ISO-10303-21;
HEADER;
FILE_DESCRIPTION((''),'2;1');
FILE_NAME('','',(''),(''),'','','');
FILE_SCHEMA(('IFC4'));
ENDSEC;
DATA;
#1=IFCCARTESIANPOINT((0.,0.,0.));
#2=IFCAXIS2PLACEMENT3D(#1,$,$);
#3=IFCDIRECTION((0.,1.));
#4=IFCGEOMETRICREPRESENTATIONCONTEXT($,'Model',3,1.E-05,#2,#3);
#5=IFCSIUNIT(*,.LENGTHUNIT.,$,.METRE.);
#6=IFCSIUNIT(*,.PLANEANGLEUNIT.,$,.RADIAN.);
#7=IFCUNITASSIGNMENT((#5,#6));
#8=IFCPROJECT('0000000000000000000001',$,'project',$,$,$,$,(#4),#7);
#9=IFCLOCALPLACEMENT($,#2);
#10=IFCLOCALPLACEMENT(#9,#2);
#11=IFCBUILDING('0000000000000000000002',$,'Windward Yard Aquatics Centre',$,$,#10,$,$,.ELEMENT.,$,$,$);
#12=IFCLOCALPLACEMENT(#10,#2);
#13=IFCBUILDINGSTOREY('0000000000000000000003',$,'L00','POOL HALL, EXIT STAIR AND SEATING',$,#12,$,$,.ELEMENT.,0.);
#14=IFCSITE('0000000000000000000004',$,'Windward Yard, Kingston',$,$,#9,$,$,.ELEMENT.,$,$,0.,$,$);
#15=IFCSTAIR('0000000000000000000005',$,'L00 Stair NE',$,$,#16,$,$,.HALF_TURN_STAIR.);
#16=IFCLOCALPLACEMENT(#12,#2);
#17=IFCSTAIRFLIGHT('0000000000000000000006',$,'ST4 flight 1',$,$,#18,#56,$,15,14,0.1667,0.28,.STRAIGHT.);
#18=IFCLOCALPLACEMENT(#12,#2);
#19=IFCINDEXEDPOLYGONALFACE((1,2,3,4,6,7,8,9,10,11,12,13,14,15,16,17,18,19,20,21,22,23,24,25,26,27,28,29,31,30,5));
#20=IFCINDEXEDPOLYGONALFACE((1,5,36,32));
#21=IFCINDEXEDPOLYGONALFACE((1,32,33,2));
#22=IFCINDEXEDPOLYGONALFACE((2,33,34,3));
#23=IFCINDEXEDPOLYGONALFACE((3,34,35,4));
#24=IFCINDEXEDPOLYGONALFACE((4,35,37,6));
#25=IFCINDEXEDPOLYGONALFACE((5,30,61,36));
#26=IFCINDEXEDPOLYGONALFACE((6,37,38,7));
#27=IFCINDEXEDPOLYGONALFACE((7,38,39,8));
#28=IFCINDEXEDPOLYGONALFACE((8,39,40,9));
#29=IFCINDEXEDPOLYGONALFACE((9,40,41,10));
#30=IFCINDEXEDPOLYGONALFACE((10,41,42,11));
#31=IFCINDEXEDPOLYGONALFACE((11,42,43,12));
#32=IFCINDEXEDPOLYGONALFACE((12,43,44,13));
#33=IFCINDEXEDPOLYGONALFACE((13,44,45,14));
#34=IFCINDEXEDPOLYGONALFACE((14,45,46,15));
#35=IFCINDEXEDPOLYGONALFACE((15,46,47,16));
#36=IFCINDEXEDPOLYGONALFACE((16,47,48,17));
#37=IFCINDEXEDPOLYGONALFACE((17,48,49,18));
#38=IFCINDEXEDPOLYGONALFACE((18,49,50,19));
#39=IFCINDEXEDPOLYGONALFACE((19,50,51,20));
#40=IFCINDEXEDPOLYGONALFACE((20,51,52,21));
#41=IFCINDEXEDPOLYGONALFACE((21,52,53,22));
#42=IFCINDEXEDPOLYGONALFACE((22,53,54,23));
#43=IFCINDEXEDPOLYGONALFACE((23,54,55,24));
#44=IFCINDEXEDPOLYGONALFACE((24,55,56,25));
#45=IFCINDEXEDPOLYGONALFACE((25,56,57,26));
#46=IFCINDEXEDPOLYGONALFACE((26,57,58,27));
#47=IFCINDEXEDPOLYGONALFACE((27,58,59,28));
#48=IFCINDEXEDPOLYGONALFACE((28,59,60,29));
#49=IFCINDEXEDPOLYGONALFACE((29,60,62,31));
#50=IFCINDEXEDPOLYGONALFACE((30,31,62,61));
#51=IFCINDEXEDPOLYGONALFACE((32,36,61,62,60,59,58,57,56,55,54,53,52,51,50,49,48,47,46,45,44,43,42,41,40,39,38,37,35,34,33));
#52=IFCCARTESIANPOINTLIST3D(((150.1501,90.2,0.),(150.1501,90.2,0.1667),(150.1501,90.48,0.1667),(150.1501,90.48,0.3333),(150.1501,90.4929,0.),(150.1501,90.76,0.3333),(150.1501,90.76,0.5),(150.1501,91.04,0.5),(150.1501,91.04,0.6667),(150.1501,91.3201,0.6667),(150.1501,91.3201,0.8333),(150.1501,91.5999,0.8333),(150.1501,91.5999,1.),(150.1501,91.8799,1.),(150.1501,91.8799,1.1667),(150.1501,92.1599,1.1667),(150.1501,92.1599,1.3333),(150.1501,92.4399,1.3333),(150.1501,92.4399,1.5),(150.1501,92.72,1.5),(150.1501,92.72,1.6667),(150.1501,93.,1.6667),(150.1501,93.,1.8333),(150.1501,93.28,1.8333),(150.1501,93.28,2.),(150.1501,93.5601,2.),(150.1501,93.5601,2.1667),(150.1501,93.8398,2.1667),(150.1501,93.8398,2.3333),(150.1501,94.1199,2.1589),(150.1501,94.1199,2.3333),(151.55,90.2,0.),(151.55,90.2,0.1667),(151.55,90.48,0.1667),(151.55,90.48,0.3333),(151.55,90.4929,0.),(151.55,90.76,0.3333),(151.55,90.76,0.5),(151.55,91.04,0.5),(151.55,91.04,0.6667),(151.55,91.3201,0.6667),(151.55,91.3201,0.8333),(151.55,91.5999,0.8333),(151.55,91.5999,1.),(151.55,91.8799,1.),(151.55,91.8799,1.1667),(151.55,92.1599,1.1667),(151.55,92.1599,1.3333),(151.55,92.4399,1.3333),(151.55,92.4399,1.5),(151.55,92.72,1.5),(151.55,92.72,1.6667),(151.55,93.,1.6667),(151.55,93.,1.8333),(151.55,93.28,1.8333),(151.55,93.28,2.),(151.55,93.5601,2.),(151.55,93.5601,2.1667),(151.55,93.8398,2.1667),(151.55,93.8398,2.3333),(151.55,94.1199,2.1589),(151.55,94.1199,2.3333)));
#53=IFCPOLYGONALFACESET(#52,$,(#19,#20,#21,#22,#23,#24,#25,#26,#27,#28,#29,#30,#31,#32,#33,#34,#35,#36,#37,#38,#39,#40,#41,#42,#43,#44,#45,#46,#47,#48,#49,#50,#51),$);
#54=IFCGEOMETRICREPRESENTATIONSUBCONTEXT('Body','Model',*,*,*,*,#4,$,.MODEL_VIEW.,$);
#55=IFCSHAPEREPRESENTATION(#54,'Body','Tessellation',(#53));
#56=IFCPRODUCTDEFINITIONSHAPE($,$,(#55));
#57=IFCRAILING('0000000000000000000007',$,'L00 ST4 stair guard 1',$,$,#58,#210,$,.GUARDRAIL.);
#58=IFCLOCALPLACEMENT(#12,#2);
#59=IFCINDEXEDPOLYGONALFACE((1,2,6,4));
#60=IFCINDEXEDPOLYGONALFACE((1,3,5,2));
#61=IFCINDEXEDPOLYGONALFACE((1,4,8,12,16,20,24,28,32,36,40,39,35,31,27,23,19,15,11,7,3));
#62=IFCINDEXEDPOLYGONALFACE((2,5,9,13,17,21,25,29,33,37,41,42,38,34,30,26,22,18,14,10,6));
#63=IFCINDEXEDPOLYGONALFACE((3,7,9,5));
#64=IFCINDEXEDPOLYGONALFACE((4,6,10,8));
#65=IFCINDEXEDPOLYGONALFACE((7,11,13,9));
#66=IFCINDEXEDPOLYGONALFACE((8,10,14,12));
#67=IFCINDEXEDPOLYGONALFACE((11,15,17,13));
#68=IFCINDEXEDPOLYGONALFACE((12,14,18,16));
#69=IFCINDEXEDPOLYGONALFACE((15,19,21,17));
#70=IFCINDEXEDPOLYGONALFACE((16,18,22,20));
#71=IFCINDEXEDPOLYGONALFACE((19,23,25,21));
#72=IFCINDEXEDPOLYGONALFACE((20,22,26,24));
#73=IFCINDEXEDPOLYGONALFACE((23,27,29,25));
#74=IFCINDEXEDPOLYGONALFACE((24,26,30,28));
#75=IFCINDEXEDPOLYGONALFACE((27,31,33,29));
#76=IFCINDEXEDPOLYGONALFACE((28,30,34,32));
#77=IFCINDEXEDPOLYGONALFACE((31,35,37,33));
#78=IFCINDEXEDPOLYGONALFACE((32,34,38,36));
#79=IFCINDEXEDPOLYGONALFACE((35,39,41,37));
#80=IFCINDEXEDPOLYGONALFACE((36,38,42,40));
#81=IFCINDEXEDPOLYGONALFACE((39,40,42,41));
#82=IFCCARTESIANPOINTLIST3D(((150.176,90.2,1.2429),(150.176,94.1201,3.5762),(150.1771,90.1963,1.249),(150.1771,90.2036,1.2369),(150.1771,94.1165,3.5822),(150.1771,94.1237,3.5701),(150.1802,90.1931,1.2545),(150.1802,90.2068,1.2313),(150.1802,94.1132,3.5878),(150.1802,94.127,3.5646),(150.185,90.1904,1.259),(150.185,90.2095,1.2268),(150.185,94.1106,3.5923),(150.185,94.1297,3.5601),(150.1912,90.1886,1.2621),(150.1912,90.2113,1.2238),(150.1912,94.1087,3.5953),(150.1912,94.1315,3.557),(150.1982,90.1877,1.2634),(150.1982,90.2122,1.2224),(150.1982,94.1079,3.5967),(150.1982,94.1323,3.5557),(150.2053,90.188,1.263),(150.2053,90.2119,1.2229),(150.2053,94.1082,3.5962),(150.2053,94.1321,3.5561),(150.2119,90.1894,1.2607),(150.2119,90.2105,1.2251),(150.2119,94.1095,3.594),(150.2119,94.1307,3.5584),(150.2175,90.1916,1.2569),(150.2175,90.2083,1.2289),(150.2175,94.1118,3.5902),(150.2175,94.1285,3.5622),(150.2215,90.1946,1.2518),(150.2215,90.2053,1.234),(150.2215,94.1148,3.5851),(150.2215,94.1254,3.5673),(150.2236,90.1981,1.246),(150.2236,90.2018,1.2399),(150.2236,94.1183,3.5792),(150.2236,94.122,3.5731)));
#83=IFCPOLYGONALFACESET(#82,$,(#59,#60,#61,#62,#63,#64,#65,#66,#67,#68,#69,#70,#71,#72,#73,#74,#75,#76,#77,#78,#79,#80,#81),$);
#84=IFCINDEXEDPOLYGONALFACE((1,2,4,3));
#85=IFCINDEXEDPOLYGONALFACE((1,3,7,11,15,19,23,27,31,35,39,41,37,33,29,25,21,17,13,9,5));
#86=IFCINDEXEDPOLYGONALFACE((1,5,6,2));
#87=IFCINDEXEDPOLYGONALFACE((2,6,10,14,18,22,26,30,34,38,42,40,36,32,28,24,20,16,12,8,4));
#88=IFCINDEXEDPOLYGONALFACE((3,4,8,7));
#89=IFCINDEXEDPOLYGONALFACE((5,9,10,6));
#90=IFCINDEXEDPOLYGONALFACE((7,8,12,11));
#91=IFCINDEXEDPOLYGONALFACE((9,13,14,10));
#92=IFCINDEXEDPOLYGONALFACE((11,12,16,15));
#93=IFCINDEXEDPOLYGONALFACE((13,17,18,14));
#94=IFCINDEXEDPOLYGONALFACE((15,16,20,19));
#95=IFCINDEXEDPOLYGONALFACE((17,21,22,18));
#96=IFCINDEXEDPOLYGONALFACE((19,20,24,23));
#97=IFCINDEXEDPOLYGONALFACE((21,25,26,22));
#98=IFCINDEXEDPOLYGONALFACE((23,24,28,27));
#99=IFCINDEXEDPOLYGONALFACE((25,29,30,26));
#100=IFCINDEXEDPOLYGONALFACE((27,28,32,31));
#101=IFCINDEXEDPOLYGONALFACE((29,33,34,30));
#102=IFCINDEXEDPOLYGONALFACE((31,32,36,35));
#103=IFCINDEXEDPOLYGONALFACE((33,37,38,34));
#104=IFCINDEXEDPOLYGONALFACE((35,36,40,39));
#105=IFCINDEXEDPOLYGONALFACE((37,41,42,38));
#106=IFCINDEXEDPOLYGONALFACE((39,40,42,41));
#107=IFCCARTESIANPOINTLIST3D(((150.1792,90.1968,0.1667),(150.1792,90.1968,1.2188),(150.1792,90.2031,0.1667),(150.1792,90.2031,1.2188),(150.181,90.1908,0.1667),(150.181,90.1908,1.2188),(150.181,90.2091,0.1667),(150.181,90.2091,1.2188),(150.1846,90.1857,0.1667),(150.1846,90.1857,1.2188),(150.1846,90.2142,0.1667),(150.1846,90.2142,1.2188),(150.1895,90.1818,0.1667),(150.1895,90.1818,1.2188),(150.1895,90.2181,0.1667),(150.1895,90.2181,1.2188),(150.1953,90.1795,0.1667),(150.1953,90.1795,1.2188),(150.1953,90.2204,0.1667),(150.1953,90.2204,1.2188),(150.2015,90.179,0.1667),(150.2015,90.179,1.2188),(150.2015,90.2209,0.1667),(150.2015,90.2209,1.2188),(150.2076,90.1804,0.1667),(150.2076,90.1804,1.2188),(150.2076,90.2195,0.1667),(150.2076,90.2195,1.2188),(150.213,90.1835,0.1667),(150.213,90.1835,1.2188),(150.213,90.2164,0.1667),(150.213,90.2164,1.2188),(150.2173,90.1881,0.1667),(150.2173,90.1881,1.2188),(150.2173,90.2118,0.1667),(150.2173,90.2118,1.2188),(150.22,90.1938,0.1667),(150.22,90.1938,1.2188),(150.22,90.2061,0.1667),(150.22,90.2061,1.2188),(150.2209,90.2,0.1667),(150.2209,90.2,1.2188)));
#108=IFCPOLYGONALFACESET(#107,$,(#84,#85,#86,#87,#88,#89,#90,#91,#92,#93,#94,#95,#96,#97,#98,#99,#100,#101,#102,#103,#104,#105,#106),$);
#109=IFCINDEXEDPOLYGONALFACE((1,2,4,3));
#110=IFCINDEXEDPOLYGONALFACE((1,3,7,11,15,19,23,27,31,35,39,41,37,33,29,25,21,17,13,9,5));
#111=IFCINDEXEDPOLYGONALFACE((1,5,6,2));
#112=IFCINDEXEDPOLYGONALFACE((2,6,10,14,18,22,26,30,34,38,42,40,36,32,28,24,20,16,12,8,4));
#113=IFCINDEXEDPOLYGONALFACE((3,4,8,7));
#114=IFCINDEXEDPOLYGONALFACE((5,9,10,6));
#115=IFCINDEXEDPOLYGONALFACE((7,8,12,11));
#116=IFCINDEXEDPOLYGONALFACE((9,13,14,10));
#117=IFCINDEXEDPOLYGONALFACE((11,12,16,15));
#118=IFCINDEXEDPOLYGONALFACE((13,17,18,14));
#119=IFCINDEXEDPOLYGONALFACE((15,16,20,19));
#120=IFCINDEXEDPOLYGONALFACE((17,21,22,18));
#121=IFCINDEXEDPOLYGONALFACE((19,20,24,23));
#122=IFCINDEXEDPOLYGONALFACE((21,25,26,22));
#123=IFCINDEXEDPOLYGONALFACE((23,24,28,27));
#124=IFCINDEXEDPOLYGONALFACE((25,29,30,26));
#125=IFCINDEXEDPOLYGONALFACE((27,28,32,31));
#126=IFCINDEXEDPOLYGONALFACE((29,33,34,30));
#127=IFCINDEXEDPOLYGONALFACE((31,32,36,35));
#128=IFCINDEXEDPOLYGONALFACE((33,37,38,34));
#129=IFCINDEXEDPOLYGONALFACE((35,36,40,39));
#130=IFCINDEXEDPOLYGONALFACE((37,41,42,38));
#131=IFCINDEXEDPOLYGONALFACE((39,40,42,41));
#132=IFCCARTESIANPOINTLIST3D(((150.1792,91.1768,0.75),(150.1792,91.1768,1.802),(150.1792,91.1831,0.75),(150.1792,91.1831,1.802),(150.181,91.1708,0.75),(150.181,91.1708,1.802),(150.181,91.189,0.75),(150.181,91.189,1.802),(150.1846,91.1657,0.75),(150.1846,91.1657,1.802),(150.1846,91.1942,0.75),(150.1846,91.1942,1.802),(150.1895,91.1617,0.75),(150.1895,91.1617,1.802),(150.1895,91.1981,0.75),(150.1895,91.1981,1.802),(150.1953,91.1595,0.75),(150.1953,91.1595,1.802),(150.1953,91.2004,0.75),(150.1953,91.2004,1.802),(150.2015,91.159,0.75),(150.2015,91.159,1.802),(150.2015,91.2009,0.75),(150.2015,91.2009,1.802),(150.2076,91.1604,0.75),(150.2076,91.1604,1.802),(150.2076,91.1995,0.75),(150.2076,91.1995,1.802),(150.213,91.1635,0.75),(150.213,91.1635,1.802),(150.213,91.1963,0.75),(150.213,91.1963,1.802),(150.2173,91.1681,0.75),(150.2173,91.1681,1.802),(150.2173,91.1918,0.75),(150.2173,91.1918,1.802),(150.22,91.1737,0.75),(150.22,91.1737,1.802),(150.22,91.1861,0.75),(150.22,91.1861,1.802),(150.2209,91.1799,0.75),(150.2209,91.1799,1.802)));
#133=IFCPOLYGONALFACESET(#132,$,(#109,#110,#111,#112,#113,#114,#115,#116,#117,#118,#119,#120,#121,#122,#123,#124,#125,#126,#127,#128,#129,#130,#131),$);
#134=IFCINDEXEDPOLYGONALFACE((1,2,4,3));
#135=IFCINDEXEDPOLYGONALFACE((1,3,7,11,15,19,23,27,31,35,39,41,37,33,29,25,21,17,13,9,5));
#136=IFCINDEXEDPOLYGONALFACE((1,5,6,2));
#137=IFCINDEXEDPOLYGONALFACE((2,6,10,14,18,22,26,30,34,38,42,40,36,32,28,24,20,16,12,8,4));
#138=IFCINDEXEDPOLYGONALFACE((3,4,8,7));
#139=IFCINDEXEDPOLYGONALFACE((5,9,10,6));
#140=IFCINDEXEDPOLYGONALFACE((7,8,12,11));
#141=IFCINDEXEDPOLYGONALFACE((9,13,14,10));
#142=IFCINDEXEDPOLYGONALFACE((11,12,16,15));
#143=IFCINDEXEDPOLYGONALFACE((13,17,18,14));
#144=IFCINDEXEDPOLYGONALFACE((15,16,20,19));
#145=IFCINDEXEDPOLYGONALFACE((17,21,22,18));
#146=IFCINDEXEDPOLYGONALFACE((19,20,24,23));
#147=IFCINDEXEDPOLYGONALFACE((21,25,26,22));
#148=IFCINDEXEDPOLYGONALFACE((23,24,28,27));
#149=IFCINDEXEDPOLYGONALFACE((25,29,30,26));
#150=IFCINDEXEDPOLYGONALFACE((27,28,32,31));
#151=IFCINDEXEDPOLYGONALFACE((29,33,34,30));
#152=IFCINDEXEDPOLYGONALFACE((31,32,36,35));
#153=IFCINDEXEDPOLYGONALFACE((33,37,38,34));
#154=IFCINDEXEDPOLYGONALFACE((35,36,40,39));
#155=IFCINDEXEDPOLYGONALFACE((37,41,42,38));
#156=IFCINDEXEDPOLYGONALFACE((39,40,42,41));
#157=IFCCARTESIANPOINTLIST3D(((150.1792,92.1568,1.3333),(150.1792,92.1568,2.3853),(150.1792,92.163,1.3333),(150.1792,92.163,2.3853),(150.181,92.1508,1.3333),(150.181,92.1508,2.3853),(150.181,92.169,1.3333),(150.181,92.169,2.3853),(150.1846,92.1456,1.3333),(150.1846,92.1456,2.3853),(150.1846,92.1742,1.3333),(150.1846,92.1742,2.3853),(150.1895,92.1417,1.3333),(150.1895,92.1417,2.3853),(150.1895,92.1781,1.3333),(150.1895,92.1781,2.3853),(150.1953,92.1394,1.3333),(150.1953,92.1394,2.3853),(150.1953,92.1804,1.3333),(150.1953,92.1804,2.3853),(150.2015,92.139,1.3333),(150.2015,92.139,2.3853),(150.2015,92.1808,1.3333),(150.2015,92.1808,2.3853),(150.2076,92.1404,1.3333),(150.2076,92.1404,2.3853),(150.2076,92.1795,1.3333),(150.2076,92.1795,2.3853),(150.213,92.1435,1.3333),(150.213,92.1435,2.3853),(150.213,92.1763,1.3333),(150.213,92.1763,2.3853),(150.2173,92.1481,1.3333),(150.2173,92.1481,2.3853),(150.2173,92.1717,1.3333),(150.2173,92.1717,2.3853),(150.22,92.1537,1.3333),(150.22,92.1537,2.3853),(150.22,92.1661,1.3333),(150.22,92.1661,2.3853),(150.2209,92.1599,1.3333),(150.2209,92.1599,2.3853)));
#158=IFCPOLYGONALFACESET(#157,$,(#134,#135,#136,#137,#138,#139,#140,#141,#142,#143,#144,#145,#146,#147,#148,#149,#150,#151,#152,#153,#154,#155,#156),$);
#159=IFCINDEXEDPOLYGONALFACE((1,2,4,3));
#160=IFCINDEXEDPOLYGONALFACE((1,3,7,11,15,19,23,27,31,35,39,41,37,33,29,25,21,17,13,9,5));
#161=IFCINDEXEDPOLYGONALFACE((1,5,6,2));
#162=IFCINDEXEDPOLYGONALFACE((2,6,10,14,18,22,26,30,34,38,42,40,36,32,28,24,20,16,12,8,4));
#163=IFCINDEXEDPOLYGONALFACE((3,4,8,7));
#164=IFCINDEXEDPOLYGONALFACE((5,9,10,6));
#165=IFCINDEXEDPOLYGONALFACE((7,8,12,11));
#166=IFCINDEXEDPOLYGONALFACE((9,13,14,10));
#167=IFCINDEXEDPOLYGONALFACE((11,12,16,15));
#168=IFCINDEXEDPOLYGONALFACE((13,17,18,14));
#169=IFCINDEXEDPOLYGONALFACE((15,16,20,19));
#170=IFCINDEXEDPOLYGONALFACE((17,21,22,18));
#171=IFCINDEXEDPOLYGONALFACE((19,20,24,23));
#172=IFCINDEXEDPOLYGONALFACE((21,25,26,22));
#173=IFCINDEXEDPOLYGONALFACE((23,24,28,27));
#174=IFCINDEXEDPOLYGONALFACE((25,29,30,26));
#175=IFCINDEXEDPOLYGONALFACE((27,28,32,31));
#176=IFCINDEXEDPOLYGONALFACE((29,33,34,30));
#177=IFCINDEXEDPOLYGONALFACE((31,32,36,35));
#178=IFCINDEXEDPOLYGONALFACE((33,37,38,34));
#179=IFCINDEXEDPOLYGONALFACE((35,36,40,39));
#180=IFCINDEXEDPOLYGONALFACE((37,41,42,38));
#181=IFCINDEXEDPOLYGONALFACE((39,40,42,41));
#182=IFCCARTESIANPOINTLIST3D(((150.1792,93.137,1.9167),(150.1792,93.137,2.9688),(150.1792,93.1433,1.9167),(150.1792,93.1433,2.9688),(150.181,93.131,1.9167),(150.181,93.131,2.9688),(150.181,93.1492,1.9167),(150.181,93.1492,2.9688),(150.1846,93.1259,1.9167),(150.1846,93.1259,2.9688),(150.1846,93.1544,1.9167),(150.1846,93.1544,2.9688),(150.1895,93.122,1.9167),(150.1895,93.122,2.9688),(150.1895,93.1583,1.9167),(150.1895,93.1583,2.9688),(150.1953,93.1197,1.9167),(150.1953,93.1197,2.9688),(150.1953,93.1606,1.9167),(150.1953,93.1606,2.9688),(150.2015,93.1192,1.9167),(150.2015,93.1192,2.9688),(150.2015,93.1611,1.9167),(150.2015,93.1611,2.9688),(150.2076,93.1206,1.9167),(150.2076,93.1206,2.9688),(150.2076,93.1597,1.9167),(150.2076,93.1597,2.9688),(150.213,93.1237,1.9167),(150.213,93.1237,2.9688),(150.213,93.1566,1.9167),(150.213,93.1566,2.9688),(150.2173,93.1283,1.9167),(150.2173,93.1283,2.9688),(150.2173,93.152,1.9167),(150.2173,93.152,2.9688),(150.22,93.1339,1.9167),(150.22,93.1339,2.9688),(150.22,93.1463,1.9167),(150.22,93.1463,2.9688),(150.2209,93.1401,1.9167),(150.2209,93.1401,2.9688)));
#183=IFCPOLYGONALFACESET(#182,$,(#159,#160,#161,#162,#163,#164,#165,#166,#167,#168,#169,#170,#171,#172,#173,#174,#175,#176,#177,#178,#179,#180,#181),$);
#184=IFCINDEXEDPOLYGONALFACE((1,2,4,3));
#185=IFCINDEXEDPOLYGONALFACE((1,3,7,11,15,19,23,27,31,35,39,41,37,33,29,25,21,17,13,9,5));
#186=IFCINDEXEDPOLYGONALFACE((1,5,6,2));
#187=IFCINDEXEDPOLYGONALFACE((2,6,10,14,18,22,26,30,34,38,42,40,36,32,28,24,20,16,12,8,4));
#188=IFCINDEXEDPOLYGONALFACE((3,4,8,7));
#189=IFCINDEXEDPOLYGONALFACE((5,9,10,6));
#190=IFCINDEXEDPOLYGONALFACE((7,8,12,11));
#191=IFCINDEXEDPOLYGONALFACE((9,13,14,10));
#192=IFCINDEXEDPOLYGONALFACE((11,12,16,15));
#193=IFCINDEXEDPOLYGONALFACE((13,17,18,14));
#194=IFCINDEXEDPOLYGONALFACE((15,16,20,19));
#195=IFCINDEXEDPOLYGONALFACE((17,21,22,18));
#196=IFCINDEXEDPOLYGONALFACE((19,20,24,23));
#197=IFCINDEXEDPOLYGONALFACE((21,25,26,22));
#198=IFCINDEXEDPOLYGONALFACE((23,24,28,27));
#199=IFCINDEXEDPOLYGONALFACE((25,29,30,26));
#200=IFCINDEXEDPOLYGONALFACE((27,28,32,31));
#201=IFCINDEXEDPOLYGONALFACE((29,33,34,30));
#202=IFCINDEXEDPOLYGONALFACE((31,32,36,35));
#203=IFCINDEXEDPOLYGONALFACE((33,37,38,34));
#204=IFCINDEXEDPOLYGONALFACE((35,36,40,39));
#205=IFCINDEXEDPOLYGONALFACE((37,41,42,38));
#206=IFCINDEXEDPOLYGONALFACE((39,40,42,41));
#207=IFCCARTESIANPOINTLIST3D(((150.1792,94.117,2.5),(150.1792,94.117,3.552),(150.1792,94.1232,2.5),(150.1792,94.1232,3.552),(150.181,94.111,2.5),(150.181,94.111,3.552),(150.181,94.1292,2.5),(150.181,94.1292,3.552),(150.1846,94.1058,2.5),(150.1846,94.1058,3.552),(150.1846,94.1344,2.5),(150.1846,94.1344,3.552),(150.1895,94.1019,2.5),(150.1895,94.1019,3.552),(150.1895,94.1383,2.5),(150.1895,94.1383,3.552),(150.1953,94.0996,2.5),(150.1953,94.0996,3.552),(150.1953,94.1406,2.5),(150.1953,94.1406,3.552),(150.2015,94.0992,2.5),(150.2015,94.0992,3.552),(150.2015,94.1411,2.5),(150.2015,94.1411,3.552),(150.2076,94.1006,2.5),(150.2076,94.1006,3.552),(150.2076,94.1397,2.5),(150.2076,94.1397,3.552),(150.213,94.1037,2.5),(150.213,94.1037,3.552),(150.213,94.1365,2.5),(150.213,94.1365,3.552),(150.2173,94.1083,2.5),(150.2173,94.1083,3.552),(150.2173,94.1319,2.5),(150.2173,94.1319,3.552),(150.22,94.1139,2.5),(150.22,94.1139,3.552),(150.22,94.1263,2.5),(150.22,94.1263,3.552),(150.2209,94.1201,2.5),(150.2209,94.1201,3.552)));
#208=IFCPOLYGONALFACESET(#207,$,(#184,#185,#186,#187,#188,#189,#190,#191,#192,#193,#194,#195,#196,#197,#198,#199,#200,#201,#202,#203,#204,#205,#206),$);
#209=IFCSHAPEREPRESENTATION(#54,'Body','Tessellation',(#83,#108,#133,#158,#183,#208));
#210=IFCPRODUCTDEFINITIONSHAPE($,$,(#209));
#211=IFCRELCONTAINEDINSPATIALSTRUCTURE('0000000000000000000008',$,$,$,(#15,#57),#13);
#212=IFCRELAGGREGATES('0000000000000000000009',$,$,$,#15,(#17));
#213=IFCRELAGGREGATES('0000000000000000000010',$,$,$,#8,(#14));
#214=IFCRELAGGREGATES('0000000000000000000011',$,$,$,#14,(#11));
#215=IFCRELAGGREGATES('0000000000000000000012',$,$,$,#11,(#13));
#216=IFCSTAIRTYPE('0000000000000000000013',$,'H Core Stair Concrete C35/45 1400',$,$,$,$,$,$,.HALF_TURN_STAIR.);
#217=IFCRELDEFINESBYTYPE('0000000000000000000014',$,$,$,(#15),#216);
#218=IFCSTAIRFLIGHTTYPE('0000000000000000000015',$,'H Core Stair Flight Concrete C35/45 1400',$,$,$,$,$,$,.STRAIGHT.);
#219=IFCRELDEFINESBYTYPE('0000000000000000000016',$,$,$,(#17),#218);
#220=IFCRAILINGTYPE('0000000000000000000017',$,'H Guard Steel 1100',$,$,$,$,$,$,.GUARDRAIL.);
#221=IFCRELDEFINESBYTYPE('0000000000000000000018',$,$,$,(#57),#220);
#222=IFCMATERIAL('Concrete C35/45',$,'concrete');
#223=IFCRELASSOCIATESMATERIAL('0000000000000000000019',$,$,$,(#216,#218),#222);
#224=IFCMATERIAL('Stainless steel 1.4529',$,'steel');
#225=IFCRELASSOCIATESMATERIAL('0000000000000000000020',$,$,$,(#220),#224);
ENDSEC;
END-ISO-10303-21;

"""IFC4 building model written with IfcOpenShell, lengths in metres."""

from ifc_helpers import new_model, si_unit, direction, frame, origin, origin_2d, place, context, subcontext, project, spatial, polyline, circle, outline, extrude, material, type_object, element, aggregate, save


model = new_model("IFC4")

# Units and contexts
model_context = context("Model", 3, precision=1e-05, world=origin(), true_north=direction((0.0, 1.0)))
body_context = subcontext(model_context, "Body", "Model", "MODEL_VIEW")
ifc_project = project(units=[si_unit("LENGTHUNIT", "METRE"), si_unit("PLANEANGLEUNIT", "RADIAN")], contexts=[model_context])

# Site, building, storey
site_placement = place(None, origin())
site = spatial("IfcSite", under=ifc_project, at=site_placement, Name="Windward Yard, Kingston", CompositionType="ELEMENT", RefElevation=0.0)
building_placement = place(site_placement, origin())
building = spatial("IfcBuilding", under=site, at=building_placement, Name="Windward Yard Aquatics Centre", CompositionType="ELEMENT")
storey_placement = place(building_placement, origin())
storey = spatial("IfcBuildingStorey", under=building, at=storey_placement, Name="L00", Description="POOL HALL, EXIT STAIR AND SEATING", CompositionType="ELEMENT", Elevation=0.0)

# Shared definitions
ifc_material_1 = material(Name="Concrete C35/45", Category="concrete")

# Stair, stair flight
stair_type = type_object("IfcStairType", Name="H Core Stair Concrete C35/45 1400", PredefinedType="HALF_TURN_STAIR", material=ifc_material_1)
stair_placement = place(storey_placement, origin())
stair = element("IfcStair", 1, at=stair_placement, inside=storey, type_object=stair_type, Name="L00 Stair NE", PredefinedType="HALF_TURN_STAIR")
stair_flight_type = type_object("IfcStairFlightType", Name="H Core Stair Flight Concrete C35/45 1400", PredefinedType="STRAIGHT", material=ifc_material_1)
stair_flight_placement = place(storey_placement, frame((150.8501, 90.2, 0.0), z_axis=(0.0, 0.0, 1.0), x_axis=(0.0, 1.0, 0.0)))
stair_flight = element("IfcStairFlight", 2, at=stair_flight_placement, type_object=stair_flight_type, Name="ST4 flight 1", NumberOfRisers=15, NumberOfTreads=14, PredefinedType="STRAIGHT", RiserHeight=0.1667, TreadLength=0.28, context=body_context, shape_type="SweptSolid", body=[
    extrude(outline(polyline([(0.0, 0.0), (0.0, 0.1667), (0.28, 0.1667), (0.28, 0.3333), (0.5601, 0.3333), (0.5601, 0.5), (0.8401, 0.5), (0.8401, 0.6667), (1.1201, 0.6667), (1.1201, 0.8333), (1.3999, 0.8333), (1.3999, 1.0), (1.6799, 1.0), (1.6799, 1.1667), (1.96, 1.1667), (1.96, 1.3333), (2.24, 1.3333), (2.24, 1.5), (2.52, 1.5), (2.52, 1.6667), (2.8, 1.6667), (2.8, 1.8333), (3.0801, 1.8333), (3.0801, 2.0), (3.3601, 2.0), (3.3601, 2.1667), (3.6399, 2.1667), (3.6399, 2.3333), (3.9199, 2.3333), (3.9199, 2.5), (3.9199, 2.1589), (0.293, 0.0), (0.0, 0.0)])), frame((0.0, 0.7, 0.0), z_axis=(0.0, -1.0, 0.0), x_axis=(1.0, 0.0, 0.0)), (0.0, 0.0, 1.0), 1.3999),
])
aggregate(stair, [stair_flight])

# Railing
ifc_material_2 = material(Name="Stainless steel 1.4529", Category="steel")
railing_type_1 = type_object("IfcRailingType", Name="H Guard Steel 1100", PredefinedType="GUARDRAIL", material=ifc_material_2)
railing_1_placement = place(storey_placement, frame((150.2, 90.2, 0.1667)))
element("IfcRailing", 3, at=railing_1_placement, inside=storey, type_object=railing_type_1, Name="L00 ST4 stair guard 1", PredefinedType="GUARDRAIL", context=body_context, shape_type="SweptSolid", body=[
    extrude(circle(Radius=0.0239, at=origin_2d()), frame((0.0, 0.0, 1.0762), z_axis=(0.0, 0.85931, 0.511455), x_axis=(-1.0, 0.0, 0.0)), (0.0, 0.0, 1.0), 4.562),
    extrude(circle(Radius=0.021, at=origin_2d()), origin(), (0.0, 0.0, 1.0), 1.052),
    extrude(circle(Radius=0.021, at=origin_2d()), frame((0.0, 0.98, 0.5833)), (0.0, 0.0, 1.0), 1.052),
    extrude(circle(Radius=0.021, at=origin_2d()), frame((0.0, 1.96, 1.1665)), (0.0, 0.0, 1.0), 1.052),
    extrude(circle(Radius=0.021, at=origin_2d()), frame((0.0, 2.9402, 1.75)), (0.0, 0.0, 1.0), 1.052),
    extrude(circle(Radius=0.021, at=origin_2d()), frame((0.0, 3.9202, 2.3333)), (0.0, 0.0, 1.0), 1.052),
])

save(model, "model.ifc")
